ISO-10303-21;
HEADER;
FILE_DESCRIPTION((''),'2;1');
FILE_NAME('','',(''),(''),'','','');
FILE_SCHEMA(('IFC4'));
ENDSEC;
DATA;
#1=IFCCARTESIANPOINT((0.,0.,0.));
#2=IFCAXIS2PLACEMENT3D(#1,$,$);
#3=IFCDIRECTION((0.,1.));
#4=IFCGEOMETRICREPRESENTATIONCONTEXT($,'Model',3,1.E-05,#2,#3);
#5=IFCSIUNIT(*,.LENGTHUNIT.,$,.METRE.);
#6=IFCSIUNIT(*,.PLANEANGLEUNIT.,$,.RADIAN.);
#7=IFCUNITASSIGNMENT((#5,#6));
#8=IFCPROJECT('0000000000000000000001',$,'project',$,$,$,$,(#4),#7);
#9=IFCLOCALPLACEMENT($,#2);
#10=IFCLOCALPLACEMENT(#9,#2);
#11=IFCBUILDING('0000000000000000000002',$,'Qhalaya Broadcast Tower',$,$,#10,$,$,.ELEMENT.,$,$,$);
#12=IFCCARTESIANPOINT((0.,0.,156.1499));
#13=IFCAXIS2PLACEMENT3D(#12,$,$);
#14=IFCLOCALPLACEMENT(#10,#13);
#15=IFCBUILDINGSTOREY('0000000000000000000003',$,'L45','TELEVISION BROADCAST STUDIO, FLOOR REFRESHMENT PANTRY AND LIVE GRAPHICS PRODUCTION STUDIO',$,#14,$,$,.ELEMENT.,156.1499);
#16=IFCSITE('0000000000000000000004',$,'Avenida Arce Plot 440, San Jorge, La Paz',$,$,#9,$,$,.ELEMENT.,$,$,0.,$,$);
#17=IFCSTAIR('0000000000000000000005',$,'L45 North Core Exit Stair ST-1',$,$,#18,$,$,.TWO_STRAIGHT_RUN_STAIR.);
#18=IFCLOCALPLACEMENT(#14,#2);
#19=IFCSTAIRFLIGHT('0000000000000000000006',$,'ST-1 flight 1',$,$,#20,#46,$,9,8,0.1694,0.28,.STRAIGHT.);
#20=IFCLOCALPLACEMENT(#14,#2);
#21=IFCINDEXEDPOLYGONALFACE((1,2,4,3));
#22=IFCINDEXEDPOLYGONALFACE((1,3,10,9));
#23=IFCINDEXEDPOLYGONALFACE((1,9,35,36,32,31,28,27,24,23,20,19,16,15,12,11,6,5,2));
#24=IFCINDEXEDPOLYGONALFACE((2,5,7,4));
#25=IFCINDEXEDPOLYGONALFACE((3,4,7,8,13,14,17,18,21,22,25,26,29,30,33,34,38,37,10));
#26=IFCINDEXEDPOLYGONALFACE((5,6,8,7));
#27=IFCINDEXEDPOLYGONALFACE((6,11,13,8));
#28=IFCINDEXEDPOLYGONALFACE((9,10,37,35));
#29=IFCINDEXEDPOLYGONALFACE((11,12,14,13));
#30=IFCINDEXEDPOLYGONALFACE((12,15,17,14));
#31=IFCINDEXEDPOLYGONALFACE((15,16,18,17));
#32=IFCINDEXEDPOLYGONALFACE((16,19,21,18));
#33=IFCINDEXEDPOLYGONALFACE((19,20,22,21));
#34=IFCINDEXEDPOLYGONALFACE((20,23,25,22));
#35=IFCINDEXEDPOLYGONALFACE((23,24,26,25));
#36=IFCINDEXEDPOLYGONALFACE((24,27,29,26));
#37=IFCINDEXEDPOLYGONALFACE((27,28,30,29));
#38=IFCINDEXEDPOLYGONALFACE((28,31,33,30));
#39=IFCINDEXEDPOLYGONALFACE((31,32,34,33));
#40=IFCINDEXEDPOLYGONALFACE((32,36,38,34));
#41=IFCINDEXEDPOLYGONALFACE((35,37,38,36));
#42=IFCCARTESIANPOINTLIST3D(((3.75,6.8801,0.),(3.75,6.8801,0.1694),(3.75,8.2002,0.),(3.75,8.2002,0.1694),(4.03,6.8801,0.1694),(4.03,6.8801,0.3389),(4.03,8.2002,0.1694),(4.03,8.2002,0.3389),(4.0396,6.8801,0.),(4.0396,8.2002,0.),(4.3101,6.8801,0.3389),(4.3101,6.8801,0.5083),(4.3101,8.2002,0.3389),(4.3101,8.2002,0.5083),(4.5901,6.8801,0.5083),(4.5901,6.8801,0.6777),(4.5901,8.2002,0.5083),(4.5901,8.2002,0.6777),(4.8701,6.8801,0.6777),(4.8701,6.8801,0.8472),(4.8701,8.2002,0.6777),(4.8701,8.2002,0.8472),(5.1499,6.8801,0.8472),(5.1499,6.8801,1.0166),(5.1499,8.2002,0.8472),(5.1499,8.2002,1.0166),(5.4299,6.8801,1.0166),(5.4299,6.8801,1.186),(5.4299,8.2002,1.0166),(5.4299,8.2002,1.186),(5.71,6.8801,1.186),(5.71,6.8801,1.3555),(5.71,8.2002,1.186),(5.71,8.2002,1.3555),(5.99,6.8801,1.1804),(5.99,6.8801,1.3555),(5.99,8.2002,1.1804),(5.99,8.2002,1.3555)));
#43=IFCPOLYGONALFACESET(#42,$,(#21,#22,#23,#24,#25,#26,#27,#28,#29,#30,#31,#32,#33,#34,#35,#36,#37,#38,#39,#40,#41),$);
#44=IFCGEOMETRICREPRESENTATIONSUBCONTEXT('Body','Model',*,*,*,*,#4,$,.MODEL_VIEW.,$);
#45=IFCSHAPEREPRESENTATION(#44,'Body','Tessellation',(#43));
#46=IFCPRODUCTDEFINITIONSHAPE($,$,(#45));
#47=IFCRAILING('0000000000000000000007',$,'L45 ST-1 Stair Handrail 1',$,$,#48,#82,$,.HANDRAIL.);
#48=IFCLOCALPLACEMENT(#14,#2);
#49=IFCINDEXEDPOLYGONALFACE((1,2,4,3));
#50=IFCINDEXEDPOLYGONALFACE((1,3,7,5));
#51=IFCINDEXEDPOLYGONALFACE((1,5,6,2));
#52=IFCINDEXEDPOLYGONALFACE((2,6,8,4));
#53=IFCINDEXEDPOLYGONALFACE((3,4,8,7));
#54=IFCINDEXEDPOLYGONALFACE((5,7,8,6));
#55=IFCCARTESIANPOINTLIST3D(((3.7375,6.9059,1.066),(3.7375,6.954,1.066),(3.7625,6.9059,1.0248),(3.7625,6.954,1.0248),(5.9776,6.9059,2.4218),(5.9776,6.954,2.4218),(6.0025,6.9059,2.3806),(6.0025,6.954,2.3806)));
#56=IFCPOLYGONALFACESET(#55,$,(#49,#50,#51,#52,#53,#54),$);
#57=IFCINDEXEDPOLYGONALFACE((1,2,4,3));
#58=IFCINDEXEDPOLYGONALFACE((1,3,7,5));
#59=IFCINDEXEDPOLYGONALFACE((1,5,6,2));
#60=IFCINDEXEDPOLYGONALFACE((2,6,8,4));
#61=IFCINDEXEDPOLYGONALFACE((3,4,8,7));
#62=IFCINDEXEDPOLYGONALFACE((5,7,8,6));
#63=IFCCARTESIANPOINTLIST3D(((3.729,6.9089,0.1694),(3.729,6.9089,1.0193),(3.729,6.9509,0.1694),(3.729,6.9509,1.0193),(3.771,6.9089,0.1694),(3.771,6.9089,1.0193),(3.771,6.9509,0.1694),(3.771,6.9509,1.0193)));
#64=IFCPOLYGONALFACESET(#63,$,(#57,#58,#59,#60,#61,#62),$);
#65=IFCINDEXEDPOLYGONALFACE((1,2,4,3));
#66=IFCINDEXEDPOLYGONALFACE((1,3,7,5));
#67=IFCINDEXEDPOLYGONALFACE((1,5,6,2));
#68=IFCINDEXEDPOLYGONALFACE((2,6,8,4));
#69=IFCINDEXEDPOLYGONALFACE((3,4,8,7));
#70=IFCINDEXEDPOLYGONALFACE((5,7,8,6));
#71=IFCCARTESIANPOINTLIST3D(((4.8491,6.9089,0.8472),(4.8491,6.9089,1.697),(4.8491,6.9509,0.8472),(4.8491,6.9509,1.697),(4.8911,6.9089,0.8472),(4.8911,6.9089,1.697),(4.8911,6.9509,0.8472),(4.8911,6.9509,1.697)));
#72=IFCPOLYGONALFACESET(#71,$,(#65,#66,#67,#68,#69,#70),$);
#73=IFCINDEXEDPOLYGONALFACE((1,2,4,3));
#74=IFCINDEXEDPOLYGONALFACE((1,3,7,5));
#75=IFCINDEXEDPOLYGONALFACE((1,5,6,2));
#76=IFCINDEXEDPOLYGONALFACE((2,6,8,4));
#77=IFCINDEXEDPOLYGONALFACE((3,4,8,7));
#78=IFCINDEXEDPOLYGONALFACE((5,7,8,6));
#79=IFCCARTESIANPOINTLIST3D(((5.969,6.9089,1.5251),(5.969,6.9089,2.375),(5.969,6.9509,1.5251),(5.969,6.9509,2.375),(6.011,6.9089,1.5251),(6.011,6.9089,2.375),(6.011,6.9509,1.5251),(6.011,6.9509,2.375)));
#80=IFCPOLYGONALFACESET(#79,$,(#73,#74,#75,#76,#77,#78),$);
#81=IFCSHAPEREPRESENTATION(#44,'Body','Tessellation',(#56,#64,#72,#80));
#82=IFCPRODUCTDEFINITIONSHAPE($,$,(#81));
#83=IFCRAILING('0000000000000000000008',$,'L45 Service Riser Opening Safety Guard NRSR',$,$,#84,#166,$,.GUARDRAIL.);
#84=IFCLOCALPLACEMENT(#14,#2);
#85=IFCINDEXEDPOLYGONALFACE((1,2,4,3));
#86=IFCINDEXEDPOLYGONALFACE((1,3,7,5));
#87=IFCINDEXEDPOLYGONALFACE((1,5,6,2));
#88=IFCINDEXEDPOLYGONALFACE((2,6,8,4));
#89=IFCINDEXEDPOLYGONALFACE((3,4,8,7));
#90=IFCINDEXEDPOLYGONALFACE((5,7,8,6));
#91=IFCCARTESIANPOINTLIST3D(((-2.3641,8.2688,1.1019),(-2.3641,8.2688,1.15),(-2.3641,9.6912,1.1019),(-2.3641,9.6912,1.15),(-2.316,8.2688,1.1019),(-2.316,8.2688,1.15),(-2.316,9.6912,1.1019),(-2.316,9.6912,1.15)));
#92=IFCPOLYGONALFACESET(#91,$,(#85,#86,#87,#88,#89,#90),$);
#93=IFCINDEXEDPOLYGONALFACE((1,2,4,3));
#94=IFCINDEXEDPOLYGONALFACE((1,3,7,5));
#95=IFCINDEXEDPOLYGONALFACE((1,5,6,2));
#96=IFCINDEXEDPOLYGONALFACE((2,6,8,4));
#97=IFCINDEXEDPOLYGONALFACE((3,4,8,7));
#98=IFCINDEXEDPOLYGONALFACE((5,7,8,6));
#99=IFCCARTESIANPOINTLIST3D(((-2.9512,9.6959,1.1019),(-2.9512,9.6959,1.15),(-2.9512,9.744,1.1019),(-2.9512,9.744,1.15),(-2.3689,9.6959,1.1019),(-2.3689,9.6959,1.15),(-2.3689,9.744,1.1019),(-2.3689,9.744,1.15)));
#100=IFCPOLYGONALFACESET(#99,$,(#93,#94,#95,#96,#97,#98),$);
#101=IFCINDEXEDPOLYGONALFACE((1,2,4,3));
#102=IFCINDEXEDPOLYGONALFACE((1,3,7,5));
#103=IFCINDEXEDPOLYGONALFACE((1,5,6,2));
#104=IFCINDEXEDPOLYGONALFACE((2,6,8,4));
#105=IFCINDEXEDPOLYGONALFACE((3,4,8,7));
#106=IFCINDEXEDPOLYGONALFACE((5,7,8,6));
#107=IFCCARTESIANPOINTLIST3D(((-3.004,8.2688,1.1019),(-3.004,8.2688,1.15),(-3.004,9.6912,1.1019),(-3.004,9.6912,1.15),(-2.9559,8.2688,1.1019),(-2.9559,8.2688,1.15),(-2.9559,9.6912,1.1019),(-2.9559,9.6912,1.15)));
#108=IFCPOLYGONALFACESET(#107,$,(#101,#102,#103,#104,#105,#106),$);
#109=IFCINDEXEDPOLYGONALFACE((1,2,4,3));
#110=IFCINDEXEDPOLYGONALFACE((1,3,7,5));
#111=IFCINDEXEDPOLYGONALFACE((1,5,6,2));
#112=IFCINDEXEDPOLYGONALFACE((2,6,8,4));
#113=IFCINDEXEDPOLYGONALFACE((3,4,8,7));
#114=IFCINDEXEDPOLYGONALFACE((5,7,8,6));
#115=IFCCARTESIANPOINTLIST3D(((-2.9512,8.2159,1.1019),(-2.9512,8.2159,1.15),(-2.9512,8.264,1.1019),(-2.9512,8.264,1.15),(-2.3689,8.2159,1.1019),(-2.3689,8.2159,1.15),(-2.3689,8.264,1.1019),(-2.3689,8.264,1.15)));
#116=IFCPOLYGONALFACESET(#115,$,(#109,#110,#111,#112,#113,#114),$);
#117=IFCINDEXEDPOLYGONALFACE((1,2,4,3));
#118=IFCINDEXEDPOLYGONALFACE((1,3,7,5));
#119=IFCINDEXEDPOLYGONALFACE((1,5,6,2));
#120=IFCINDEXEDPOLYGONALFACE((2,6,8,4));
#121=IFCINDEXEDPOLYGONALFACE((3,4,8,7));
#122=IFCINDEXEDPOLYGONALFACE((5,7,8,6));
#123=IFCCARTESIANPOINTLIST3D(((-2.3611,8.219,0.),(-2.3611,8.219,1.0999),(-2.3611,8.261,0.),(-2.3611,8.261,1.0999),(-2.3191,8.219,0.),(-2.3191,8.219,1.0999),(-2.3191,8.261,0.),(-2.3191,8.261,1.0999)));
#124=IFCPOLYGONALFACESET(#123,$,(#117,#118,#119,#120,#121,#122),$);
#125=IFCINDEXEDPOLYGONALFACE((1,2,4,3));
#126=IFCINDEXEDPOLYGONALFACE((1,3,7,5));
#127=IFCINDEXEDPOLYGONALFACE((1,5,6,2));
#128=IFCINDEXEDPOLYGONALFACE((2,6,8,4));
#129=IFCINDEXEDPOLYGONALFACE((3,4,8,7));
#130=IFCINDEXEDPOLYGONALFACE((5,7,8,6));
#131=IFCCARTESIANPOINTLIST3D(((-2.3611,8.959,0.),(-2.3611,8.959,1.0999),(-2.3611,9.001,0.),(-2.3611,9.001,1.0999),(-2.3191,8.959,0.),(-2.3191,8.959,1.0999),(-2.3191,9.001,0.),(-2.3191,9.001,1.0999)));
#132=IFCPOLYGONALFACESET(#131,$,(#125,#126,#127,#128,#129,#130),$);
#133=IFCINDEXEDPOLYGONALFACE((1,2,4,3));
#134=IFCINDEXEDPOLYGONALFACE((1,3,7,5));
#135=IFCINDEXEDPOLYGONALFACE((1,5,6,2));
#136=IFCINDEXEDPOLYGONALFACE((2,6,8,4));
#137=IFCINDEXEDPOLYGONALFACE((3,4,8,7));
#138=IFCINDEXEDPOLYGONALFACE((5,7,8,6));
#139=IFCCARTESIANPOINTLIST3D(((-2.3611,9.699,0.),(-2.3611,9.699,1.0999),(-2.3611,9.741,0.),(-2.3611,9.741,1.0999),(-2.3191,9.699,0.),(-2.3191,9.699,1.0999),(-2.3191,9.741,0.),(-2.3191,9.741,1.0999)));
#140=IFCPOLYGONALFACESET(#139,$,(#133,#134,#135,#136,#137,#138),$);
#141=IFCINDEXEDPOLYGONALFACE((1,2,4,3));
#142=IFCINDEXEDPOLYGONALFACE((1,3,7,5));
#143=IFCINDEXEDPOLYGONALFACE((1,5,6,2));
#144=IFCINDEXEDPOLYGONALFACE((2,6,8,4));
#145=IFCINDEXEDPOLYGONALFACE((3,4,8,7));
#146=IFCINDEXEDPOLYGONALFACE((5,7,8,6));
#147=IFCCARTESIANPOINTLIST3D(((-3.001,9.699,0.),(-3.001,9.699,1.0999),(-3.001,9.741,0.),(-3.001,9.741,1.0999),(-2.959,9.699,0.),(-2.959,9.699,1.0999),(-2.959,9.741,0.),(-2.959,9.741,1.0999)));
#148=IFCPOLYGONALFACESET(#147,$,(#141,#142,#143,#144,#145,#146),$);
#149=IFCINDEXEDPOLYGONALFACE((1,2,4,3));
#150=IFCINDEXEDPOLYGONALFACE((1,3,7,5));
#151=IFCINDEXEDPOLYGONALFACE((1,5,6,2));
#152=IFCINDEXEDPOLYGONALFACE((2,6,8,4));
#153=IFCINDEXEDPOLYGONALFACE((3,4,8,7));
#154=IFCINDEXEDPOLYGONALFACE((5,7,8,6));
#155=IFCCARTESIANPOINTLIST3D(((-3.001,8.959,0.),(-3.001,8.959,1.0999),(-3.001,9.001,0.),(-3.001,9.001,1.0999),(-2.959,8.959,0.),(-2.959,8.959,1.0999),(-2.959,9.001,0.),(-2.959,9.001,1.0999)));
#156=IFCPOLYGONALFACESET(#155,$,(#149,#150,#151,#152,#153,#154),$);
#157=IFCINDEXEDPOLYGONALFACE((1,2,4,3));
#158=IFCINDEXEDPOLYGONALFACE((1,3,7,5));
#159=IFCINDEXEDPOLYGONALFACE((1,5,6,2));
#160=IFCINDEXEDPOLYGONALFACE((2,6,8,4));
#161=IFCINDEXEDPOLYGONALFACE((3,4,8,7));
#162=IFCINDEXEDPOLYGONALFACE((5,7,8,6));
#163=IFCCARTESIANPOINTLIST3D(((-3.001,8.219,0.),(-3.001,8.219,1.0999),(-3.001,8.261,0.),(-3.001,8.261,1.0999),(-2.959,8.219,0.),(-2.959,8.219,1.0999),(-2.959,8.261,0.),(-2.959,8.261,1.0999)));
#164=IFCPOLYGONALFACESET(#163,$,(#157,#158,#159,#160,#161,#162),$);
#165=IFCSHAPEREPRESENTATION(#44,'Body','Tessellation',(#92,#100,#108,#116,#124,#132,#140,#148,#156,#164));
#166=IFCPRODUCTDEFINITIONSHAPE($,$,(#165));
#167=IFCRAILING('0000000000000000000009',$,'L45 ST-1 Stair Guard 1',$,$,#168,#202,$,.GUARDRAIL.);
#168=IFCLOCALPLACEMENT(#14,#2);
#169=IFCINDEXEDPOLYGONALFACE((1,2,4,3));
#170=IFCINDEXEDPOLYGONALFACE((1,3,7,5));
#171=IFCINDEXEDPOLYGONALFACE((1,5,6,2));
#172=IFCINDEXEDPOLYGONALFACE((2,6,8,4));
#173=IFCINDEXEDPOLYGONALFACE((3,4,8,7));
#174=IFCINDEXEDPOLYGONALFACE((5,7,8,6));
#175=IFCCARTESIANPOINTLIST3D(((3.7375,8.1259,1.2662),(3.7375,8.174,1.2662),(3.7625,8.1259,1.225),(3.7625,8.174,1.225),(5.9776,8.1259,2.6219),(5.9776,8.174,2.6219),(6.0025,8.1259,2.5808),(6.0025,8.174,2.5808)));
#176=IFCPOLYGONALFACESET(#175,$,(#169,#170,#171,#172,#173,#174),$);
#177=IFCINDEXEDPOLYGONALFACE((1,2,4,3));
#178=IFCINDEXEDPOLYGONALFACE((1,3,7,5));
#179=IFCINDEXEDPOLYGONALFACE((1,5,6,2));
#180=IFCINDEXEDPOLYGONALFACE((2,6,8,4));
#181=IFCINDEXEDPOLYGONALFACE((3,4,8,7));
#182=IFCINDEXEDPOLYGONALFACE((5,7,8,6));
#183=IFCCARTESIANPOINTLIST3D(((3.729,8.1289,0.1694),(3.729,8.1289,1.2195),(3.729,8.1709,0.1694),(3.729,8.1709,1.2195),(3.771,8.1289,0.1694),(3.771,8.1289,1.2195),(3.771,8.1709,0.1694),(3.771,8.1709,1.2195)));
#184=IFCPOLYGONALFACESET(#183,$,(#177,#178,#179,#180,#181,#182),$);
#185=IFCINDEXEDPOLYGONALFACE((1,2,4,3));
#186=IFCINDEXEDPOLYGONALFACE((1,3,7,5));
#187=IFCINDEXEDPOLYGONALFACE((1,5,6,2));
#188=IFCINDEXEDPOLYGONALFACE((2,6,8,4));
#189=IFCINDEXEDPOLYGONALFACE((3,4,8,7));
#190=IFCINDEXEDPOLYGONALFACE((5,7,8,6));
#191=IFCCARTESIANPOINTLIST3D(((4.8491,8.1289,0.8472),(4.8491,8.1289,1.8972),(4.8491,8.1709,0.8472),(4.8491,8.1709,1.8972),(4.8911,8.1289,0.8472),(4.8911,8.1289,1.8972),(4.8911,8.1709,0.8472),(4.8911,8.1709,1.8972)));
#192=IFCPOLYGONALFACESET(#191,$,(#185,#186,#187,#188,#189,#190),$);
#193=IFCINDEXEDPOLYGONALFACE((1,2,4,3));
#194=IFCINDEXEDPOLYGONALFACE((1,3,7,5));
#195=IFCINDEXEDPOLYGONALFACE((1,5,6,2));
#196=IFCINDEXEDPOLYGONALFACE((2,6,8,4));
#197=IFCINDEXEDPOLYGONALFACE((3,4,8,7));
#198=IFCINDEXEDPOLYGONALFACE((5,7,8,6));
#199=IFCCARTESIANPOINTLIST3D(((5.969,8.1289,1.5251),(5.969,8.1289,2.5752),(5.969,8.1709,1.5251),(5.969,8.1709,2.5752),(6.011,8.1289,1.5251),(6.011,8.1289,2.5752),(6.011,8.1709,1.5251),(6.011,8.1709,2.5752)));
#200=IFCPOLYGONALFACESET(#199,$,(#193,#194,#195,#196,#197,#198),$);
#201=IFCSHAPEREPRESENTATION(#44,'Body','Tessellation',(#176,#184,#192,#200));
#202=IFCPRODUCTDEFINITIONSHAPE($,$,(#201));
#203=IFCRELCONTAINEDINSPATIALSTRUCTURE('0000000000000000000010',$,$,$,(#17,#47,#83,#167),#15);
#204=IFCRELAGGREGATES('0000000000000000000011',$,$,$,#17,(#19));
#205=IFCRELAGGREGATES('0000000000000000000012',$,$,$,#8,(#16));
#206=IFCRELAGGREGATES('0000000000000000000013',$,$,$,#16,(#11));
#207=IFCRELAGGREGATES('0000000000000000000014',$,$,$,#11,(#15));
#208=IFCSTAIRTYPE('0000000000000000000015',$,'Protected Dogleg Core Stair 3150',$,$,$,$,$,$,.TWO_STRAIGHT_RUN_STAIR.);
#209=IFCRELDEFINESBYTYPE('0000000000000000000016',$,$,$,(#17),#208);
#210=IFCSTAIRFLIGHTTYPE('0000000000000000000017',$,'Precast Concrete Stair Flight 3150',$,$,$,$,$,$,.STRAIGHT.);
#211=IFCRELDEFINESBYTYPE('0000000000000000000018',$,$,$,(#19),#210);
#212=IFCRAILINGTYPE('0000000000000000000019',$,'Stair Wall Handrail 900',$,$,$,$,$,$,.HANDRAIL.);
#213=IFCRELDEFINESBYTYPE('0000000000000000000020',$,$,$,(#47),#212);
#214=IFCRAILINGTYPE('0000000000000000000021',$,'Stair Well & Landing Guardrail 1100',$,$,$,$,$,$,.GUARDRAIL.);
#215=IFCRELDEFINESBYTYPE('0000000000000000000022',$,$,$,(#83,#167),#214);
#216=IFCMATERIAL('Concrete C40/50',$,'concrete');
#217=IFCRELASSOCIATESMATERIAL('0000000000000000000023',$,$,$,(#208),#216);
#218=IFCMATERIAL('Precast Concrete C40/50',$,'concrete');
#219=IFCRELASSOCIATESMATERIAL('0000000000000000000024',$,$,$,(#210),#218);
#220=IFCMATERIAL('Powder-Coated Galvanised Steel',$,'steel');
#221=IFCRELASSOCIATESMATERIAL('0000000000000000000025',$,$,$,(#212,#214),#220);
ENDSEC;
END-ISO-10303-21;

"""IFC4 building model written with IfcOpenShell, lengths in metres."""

from ifc_helpers import new_model, si_unit, direction, frame, origin, origin_2d, place, context, subcontext, project, spatial, polyline, rectangle, outline, extrude, material, type_object, element, aggregate, save


model = new_model("IFC4")

# Units and contexts
model_context = context("Model", 3, precision=1e-05, world=origin(), true_north=direction((0.0, 1.0)))
body_context = subcontext(model_context, "Body", "Model", "MODEL_VIEW")
ifc_project = project(units=[si_unit("LENGTHUNIT", "METRE"), si_unit("PLANEANGLEUNIT", "RADIAN")], contexts=[model_context])

# Site, building, storey
site_placement = place(None, origin())
site = spatial("IfcSite", under=ifc_project, at=site_placement, Name="Avenida Arce Plot 440, San Jorge, La Paz", CompositionType="ELEMENT", RefElevation=0.0)
building_placement = place(site_placement, origin())
building = spatial("IfcBuilding", under=site, at=building_placement, Name="Qhalaya Broadcast Tower", CompositionType="ELEMENT")
storey_placement = place(building_placement, frame((0.0, 0.0, 156.1499)))
storey = spatial("IfcBuildingStorey", under=building, at=storey_placement, Name="L45", Description="TELEVISION BROADCAST STUDIO, FLOOR REFRESHMENT PANTRY AND LIVE GRAPHICS PRODUCTION STUDIO", CompositionType="ELEMENT", Elevation=156.1499)

# Stair, stair flight
ifc_material_1 = material(Name="Concrete C40/50", Category="concrete")
stair_type = type_object("IfcStairType", Name="Protected Dogleg Core Stair 3150", PredefinedType="TWO_STRAIGHT_RUN_STAIR", material=ifc_material_1)
stair_placement = place(storey_placement, origin())
stair = element("IfcStair", 1, at=stair_placement, inside=storey, type_object=stair_type, Name="L45 North Core Exit Stair ST-1", PredefinedType="TWO_STRAIGHT_RUN_STAIR")
ifc_material_2 = material(Name="Precast Concrete C40/50", Category="concrete")
stair_flight_type = type_object("IfcStairFlightType", Name="Precast Concrete Stair Flight 3150", PredefinedType="STRAIGHT", material=ifc_material_2)
stair_flight_placement = place(storey_placement, frame((3.75, 7.54, 0.0), z_axis=(0.0, 0.0, 1.0), x_axis=(1.0, 0.0, 0.0)))
stair_flight = element("IfcStairFlight", 2, at=stair_flight_placement, type_object=stair_flight_type, Name="ST-1 flight 1", NumberOfRisers=9, NumberOfTreads=8, PredefinedType="STRAIGHT", RiserHeight=0.1694, TreadLength=0.28, context=body_context, shape_type="SweptSolid", body=[
    extrude(outline(polyline([(0.0, 0.0), (0.0, 0.1694), (0.28, 0.1694), (0.28, 0.3389), (0.5601, 0.3389), (0.5601, 0.5083), (0.8401, 0.5083), (0.8401, 0.6777), (1.1201, 0.6777), (1.1201, 0.8472), (1.3999, 0.8472), (1.3999, 1.0166), (1.6799, 1.0166), (1.6799, 1.186), (1.96, 1.186), (1.96, 1.3555), (2.24, 1.3555), (2.24, 1.5249), (2.24, 1.1804), (0.2896, 0.0), (0.0, 0.0)])), frame((0.0, 0.6602, 0.0), z_axis=(0.0, -1.0, 0.0), x_axis=(1.0, 0.0, 0.0)), (0.0, 0.0, 1.0), 1.3201),
])
aggregate(stair, [stair_flight])

# Railings
ifc_material_3 = material(Name="Powder-Coated Galvanised Steel", Category="steel")
railing_type_1 = type_object("IfcRailingType", Name="Stair Wall Handrail 900", PredefinedType="HANDRAIL", material=ifc_material_3)
railing_1_placement = place(storey_placement, frame((3.75, 6.9299, 0.1694)))
element("IfcRailing", 3, at=railing_1_placement, inside=storey, type_object=railing_type_1, Name="L45 ST-1 Stair Handrail 1", PredefinedType="HANDRAIL", context=body_context, shape_type="SweptSolid", body=[
    extrude(rectangle(XDim=0.0481, YDim=0.0481, at=origin_2d()), frame((0.0, 0.0, 0.876), z_axis=(0.855512, 0.0, 0.517783), x_axis=(0.0, 1.0, 0.0)), (0.0, 0.0, 1.0), 2.6184),
    extrude(rectangle(XDim=0.042, YDim=0.042, at=origin_2d()), origin(), (0.0, 0.0, 1.0), 0.8499),
    extrude(rectangle(XDim=0.042, YDim=0.042, at=origin_2d()), frame((1.1201, 0.0, 0.6777)), (0.0, 0.0, 1.0), 0.8499),
    extrude(rectangle(XDim=0.042, YDim=0.042, at=origin_2d()), frame((2.24, 0.0, 1.3557)), (0.0, 0.0, 1.0), 0.8499),
])
railing_type_2 = type_object("IfcRailingType", Name="Stair Well & Landing Guardrail 1100", PredefinedType="GUARDRAIL", material=ifc_material_3)
railing_2_placement = place(storey_placement, frame((-2.3401, 8.24, 0.0)))
element("IfcRailing", 4, at=railing_2_placement, inside=storey, type_object=railing_type_2, Name="L45 Service Riser Opening Safety Guard NRSR", PredefinedType="GUARDRAIL", context=body_context, shape_type="SweptSolid", body=[
    extrude(rectangle(XDim=0.0481, YDim=0.0481, at=origin_2d()), frame((0.0, 0.0288, 1.126), z_axis=(0.0, 1.0, 0.0), x_axis=(-1.0, 0.0, 0.0)), (0.0, 0.0, 1.0), 1.4224),
    extrude(rectangle(XDim=0.0481, YDim=0.0481, at=origin_2d()), frame((-0.0288, 1.48, 1.126), z_axis=(-1.0, 0.0, 0.0), x_axis=(0.0, -1.0, 0.0)), (0.0, 0.0, 1.0), 0.5823),
    extrude(rectangle(XDim=0.0481, YDim=0.0481, at=origin_2d()), frame((-0.6399, 1.4512, 1.126), z_axis=(0.0, -1.0, 0.0), x_axis=(1.0, 0.0, 0.0)), (0.0, 0.0, 1.0), 1.4224),
    extrude(rectangle(XDim=0.0481, YDim=0.0481, at=origin_2d()), frame((-0.6111, 0.0, 1.126), z_axis=(1.0, 0.0, 0.0), x_axis=(0.0, 1.0, 0.0)), (0.0, 0.0, 1.0), 0.5823),
    extrude(rectangle(XDim=0.042, YDim=0.042, at=origin_2d()), origin(), (0.0, 0.0, 1.0), 1.0999),
    extrude(rectangle(XDim=0.042, YDim=0.042, at=origin_2d()), frame((0.0, 0.74, 0.0)), (0.0, 0.0, 1.0), 1.0999),
    extrude(rectangle(XDim=0.042, YDim=0.042, at=origin_2d()), frame((0.0, 1.48, 0.0)), (0.0, 0.0, 1.0), 1.0999),
    extrude(rectangle(XDim=0.042, YDim=0.042, at=origin_2d()), frame((-0.6399, 1.48, 0.0)), (0.0, 0.0, 1.0), 1.0999),
    extrude(rectangle(XDim=0.042, YDim=0.042, at=origin_2d()), frame((-0.6399, 0.74, 0.0)), (0.0, 0.0, 1.0), 1.0999),
    extrude(rectangle(XDim=0.042, YDim=0.042, at=origin_2d()), frame((-0.6399, 0.0, 0.0)), (0.0, 0.0, 1.0), 1.0999),
])
railing_3_placement = place(storey_placement, frame((3.75, 8.1499, 0.1694)))
element("IfcRailing", 5, at=railing_3_placement, inside=storey, type_object=railing_type_2, Name="L45 ST-1 Stair Guard 1", PredefinedType="GUARDRAIL", context=body_context, shape_type="SweptSolid", body=[
    extrude(rectangle(XDim=0.0481, YDim=0.0481, at=origin_2d()), frame((0.0, 0.0, 1.0762), z_axis=(0.855512, 0.0, 0.517783), x_axis=(0.0, 1.0, 0.0)), (0.0, 0.0, 1.0), 2.6184),
    extrude(rectangle(XDim=0.042, YDim=0.042, at=origin_2d()), origin(), (0.0, 0.0, 1.0), 1.05),
    extrude(rectangle(XDim=0.042, YDim=0.042, at=origin_2d()), frame((1.1201, 0.0, 0.6777)), (0.0, 0.0, 1.0), 1.05),
    extrude(rectangle(XDim=0.042, YDim=0.042, at=origin_2d()), frame((2.24, 0.0, 1.3557)), (0.0, 0.0, 1.0), 1.05),
])

save(model, "model.ifc")
